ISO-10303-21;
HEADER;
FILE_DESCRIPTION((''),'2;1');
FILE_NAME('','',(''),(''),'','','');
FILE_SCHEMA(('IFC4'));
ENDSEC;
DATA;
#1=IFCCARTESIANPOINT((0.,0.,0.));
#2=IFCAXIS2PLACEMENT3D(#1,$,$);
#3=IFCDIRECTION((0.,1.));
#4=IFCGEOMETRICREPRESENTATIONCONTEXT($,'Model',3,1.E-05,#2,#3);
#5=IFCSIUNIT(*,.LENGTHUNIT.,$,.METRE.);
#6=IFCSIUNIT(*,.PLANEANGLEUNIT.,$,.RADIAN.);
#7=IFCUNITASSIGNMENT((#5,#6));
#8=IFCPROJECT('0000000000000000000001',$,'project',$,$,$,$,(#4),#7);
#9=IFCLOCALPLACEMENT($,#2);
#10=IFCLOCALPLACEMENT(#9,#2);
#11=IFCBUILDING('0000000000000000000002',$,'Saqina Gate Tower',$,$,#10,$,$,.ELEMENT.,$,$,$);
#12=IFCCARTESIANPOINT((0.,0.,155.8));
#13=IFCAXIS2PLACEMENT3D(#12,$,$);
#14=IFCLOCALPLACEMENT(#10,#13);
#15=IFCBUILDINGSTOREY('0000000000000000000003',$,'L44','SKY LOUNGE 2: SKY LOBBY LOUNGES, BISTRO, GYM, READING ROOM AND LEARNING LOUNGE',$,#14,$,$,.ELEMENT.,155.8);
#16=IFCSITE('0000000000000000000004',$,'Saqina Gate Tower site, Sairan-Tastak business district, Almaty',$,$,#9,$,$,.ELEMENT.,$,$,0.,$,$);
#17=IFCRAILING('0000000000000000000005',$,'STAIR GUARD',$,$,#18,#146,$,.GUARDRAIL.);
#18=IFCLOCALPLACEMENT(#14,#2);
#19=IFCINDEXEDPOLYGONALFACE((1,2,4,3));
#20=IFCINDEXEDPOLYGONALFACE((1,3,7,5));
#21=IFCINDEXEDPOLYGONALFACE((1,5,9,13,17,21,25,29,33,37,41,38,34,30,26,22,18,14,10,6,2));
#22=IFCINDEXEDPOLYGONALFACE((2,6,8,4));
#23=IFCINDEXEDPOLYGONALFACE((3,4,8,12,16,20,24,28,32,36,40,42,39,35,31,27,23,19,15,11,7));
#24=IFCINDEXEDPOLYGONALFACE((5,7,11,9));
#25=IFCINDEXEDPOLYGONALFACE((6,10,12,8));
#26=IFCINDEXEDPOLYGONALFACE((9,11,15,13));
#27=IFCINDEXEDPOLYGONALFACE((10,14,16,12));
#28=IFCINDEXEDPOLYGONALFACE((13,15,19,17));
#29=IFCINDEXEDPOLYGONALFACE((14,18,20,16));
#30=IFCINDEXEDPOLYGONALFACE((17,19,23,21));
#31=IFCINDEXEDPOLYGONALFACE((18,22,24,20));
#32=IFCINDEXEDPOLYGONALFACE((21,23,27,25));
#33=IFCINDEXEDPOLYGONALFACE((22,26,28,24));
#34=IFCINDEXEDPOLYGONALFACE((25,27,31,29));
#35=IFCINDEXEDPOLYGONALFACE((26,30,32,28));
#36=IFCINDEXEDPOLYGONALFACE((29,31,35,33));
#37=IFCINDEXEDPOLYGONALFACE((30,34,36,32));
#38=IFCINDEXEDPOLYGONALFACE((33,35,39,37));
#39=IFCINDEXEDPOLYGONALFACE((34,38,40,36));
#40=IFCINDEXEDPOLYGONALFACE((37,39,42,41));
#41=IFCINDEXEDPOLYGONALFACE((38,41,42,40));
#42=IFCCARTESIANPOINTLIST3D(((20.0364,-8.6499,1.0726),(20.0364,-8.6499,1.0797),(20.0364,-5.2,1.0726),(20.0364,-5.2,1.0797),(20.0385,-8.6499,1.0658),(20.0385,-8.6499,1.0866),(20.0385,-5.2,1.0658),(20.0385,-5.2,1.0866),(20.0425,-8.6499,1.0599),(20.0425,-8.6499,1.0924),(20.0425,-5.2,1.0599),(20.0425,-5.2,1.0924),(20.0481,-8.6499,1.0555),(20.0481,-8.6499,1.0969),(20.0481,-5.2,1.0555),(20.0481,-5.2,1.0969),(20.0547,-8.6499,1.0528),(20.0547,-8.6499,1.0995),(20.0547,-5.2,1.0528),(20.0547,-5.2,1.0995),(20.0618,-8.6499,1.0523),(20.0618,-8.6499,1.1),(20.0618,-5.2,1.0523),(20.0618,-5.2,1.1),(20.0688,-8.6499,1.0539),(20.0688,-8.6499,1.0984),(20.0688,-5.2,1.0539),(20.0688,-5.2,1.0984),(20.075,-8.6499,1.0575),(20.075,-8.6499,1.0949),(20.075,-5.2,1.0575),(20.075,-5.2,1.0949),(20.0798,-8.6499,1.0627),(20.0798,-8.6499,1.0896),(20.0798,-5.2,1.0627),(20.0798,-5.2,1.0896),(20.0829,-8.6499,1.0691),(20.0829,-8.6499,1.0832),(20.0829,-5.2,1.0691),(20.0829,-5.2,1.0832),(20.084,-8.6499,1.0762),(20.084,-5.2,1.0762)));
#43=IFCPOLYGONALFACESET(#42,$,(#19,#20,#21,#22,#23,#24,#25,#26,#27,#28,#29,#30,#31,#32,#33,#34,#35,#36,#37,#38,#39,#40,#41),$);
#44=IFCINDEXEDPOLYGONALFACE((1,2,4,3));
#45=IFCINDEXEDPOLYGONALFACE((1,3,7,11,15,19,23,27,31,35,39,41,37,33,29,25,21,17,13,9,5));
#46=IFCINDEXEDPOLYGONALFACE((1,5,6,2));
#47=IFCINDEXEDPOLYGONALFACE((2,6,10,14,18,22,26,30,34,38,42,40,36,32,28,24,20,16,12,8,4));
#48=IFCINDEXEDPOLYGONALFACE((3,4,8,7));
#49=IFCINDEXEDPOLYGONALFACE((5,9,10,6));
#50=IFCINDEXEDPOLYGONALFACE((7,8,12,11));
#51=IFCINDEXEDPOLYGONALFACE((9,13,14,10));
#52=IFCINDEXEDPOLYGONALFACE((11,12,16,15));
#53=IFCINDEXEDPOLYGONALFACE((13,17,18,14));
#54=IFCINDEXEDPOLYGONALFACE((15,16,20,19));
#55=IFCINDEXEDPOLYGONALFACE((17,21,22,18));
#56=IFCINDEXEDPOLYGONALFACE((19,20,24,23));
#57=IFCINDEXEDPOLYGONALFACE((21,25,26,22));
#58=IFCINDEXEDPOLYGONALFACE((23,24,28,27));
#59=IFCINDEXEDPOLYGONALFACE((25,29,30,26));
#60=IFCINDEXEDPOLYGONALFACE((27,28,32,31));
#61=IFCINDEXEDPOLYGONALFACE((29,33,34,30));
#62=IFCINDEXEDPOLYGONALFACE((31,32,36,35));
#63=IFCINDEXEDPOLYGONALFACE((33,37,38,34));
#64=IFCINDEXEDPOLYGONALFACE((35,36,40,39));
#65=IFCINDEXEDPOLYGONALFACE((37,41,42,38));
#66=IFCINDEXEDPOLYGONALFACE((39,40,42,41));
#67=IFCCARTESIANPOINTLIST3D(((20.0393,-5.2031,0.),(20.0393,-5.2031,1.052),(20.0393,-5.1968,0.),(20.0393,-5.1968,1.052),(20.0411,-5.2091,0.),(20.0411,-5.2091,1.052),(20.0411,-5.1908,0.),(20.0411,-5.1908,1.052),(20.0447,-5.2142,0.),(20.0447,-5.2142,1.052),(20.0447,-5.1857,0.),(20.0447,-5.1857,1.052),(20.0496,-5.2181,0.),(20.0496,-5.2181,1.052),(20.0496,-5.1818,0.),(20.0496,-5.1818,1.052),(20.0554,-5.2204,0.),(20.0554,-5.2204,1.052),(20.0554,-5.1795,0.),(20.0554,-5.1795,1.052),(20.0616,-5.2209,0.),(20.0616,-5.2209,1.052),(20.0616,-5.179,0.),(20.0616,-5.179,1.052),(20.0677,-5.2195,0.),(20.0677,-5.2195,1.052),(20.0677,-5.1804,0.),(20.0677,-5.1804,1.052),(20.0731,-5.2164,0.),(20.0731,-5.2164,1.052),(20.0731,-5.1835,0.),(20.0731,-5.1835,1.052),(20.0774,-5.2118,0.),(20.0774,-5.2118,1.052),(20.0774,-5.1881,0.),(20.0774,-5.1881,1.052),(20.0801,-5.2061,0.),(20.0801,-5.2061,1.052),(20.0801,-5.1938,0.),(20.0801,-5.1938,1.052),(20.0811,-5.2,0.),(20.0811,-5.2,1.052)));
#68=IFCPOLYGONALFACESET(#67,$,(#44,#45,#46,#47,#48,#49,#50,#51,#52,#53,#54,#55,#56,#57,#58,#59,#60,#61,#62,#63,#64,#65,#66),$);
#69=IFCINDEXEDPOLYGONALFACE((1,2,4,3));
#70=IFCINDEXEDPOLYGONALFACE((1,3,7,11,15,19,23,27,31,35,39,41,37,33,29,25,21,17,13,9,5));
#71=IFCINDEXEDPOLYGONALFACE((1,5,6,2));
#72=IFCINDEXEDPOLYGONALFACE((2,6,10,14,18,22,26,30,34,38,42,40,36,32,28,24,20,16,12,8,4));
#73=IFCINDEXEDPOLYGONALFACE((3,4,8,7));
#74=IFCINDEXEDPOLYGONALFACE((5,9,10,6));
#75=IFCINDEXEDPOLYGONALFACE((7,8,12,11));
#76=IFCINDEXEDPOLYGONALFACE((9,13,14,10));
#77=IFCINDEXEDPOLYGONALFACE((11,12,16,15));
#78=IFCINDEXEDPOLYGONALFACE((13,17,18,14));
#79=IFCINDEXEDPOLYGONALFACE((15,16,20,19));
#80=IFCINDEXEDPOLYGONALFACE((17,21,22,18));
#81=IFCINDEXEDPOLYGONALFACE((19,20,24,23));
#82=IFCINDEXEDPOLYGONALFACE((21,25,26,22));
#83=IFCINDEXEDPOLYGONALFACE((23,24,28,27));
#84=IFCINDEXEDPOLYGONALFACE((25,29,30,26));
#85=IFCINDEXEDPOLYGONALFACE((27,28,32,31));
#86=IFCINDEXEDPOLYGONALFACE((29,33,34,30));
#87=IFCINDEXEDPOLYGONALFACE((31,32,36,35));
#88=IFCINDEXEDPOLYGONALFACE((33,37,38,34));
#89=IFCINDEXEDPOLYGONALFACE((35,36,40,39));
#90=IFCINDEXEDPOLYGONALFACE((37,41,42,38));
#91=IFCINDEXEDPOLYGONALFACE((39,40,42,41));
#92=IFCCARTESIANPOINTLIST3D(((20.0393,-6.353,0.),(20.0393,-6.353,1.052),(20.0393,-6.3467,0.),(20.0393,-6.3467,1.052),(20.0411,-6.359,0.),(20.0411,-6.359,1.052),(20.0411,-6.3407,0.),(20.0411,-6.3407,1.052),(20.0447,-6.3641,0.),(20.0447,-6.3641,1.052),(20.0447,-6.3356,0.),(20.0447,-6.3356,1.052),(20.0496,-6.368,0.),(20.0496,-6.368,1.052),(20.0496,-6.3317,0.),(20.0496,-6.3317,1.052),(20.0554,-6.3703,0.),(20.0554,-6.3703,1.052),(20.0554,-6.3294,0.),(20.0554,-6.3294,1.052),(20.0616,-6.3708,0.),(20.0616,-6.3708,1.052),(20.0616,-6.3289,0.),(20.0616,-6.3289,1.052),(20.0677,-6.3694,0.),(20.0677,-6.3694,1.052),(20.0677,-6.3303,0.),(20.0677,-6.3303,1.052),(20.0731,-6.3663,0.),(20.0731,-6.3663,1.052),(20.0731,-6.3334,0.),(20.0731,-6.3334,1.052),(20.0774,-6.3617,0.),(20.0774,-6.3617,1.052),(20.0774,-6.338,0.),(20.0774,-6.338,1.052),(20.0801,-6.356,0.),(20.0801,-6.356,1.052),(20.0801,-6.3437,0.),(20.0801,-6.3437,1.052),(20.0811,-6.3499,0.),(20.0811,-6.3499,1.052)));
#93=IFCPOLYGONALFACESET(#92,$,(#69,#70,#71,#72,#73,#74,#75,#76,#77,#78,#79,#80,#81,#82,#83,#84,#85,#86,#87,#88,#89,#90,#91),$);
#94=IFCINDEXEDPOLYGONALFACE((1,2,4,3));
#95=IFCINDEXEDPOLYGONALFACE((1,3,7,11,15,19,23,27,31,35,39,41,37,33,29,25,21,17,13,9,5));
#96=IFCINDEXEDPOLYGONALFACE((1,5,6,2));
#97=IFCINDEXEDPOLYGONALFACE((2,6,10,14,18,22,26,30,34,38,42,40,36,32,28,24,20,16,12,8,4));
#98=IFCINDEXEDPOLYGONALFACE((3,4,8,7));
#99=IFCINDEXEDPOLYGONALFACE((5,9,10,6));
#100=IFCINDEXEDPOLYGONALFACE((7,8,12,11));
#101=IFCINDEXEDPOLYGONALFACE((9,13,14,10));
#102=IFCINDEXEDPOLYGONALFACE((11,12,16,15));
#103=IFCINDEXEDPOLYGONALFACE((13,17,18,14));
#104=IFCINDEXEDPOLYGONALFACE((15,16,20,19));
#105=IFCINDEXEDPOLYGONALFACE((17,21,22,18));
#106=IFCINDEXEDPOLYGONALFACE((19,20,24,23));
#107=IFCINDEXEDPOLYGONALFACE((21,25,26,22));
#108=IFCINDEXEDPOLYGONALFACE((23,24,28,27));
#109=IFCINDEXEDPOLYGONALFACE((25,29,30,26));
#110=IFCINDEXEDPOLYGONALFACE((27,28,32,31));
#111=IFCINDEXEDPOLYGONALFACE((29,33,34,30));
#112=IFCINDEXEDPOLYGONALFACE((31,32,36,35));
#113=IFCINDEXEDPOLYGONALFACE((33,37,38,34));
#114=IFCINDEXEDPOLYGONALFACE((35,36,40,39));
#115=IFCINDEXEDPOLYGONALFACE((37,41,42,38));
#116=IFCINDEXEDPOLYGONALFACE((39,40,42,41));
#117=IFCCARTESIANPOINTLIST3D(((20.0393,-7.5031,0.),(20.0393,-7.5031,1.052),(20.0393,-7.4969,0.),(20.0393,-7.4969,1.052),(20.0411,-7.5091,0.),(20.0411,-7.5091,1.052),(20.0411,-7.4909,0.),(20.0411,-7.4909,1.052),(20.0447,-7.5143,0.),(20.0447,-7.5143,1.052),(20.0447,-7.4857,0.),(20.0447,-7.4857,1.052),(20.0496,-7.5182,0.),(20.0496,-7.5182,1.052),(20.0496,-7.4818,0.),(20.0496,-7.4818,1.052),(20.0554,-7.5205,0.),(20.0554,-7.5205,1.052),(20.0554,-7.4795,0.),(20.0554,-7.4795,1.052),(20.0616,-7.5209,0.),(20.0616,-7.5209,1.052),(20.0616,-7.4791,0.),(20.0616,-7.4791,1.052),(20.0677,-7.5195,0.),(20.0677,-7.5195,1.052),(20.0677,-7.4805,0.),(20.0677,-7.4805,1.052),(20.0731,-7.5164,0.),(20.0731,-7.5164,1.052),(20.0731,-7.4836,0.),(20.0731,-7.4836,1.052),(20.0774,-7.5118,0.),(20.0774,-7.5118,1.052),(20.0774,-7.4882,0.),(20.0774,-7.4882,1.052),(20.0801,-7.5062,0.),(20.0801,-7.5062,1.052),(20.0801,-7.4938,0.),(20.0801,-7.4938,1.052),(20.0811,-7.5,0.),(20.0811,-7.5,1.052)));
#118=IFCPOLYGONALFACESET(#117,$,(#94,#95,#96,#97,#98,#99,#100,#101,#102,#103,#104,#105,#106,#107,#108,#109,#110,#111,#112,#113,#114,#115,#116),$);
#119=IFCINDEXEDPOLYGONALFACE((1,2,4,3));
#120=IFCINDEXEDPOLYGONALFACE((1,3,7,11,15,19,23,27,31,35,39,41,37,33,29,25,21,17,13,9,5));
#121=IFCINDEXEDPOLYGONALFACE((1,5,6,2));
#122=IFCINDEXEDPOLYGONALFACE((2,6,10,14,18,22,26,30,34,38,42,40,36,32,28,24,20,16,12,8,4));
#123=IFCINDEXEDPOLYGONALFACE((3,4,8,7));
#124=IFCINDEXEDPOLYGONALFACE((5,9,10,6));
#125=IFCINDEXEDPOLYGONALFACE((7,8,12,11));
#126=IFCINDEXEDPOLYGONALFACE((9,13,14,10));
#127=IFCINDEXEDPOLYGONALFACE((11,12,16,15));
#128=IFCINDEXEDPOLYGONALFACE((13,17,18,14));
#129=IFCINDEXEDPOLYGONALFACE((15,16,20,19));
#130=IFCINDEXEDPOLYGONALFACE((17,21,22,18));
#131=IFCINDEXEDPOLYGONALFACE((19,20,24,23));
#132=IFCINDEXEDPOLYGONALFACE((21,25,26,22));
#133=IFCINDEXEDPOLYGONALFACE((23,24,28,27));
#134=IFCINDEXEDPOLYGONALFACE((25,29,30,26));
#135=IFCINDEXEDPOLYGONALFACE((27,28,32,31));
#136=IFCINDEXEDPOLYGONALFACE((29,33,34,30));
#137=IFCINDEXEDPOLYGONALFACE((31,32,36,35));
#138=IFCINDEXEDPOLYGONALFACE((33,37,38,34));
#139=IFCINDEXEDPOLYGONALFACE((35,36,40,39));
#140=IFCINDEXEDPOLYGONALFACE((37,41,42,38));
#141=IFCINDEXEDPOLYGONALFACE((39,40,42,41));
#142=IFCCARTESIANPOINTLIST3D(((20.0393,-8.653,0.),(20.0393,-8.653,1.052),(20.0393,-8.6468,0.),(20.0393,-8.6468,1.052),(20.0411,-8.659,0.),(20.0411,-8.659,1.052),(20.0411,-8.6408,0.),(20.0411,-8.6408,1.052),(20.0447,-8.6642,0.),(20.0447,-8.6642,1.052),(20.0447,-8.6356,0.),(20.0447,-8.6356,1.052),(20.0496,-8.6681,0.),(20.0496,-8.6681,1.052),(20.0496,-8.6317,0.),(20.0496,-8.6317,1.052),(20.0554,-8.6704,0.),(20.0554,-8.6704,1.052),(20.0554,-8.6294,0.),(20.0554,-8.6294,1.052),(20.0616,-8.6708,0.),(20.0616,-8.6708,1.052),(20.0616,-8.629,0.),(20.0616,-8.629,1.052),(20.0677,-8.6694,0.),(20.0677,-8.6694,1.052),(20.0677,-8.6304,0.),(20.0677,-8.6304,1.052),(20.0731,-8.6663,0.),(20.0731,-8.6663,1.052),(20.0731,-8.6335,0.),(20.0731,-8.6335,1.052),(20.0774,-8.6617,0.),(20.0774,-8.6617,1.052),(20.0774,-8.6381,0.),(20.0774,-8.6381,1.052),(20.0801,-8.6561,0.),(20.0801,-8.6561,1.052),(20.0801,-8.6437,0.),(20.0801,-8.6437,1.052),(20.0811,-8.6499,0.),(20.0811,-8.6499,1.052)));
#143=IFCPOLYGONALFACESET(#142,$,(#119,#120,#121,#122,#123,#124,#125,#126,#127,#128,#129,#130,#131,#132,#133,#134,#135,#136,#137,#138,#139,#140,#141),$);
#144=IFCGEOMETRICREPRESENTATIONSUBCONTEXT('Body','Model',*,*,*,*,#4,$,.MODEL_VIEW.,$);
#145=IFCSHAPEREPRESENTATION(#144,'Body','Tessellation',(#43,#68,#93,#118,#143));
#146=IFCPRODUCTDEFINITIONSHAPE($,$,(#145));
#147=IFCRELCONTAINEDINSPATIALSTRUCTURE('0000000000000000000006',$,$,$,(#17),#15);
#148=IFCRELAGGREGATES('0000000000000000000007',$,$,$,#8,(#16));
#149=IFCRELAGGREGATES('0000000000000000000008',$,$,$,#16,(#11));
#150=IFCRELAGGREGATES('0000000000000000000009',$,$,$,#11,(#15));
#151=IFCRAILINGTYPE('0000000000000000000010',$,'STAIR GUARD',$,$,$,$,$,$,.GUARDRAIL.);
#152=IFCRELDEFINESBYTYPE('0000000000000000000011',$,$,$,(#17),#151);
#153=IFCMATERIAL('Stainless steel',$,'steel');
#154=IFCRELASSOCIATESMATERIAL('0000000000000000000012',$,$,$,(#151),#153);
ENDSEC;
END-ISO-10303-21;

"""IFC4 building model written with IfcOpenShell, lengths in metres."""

from ifc_helpers import new_model, si_unit, direction, frame, origin, origin_2d, place, context, subcontext, project, spatial, circle, extrude, material, type_object, element, save


model = new_model("IFC4")

# Units and contexts
model_context = context("Model", 3, precision=1e-05, world=origin(), true_north=direction((0.0, 1.0)))
body_context = subcontext(model_context, "Body", "Model", "MODEL_VIEW")
ifc_project = project(units=[si_unit("LENGTHUNIT", "METRE"), si_unit("PLANEANGLEUNIT", "RADIAN")], contexts=[model_context])

# Site, building, storey
site_placement = place(None, origin())
site = spatial("IfcSite", under=ifc_project, at=site_placement, Name="Saqina Gate Tower site, Sairan-Tastak business district, Almaty", CompositionType="ELEMENT", RefElevation=0.0)
building_placement = place(site_placement, origin())
building = spatial("IfcBuilding", under=site, at=building_placement, Name="Saqina Gate Tower", CompositionType="ELEMENT")
storey_placement = place(building_placement, frame((0.0, 0.0, 155.8)))
storey = spatial("IfcBuildingStorey", under=building, at=storey_placement, Name="L44", Description="SKY LOUNGE 2: SKY LOBBY LOUNGES, BISTRO, GYM, READING ROOM AND LEARNING LOUNGE", CompositionType="ELEMENT", Elevation=155.8)

# Railing
ifc_material_1 = material(Name="Stainless steel", Category="steel")
railing_type_1 = type_object("IfcRailingType", Name="STAIR GUARD", PredefinedType="GUARDRAIL", material=ifc_material_1)
railing_1_placement = place(storey_placement, frame((20.0601, -5.2, 0.0)))
element("IfcRailing", 1, at=railing_1_placement, inside=storey, type_object=railing_type_1, Name="STAIR GUARD", PredefinedType="GUARDRAIL", context=body_context, shape_type="SweptSolid", body=[
    extrude(circle(Radius=0.0239, at=origin_2d()), frame((0.0, 0.0, 1.0762), z_axis=(0.0, -1.0, 0.0), x_axis=(1.0, 0.0, 0.0)), (0.0, 0.0, 1.0), 3.45),
    extrude(circle(Radius=0.021, at=origin_2d()), origin(), (0.0, 0.0, 1.0), 1.052),
    extrude(circle(Radius=0.021, at=origin_2d()), frame((0.0, -1.1499, 0.0)), (0.0, 0.0, 1.0), 1.052),
    extrude(circle(Radius=0.021, at=origin_2d()), frame((0.0, -2.3, 0.0)), (0.0, 0.0, 1.0), 1.052),
    extrude(circle(Radius=0.021, at=origin_2d()), frame((0.0, -3.45, 0.0)), (0.0, 0.0, 1.0), 1.052),
])

save(model, "model.ifc")
